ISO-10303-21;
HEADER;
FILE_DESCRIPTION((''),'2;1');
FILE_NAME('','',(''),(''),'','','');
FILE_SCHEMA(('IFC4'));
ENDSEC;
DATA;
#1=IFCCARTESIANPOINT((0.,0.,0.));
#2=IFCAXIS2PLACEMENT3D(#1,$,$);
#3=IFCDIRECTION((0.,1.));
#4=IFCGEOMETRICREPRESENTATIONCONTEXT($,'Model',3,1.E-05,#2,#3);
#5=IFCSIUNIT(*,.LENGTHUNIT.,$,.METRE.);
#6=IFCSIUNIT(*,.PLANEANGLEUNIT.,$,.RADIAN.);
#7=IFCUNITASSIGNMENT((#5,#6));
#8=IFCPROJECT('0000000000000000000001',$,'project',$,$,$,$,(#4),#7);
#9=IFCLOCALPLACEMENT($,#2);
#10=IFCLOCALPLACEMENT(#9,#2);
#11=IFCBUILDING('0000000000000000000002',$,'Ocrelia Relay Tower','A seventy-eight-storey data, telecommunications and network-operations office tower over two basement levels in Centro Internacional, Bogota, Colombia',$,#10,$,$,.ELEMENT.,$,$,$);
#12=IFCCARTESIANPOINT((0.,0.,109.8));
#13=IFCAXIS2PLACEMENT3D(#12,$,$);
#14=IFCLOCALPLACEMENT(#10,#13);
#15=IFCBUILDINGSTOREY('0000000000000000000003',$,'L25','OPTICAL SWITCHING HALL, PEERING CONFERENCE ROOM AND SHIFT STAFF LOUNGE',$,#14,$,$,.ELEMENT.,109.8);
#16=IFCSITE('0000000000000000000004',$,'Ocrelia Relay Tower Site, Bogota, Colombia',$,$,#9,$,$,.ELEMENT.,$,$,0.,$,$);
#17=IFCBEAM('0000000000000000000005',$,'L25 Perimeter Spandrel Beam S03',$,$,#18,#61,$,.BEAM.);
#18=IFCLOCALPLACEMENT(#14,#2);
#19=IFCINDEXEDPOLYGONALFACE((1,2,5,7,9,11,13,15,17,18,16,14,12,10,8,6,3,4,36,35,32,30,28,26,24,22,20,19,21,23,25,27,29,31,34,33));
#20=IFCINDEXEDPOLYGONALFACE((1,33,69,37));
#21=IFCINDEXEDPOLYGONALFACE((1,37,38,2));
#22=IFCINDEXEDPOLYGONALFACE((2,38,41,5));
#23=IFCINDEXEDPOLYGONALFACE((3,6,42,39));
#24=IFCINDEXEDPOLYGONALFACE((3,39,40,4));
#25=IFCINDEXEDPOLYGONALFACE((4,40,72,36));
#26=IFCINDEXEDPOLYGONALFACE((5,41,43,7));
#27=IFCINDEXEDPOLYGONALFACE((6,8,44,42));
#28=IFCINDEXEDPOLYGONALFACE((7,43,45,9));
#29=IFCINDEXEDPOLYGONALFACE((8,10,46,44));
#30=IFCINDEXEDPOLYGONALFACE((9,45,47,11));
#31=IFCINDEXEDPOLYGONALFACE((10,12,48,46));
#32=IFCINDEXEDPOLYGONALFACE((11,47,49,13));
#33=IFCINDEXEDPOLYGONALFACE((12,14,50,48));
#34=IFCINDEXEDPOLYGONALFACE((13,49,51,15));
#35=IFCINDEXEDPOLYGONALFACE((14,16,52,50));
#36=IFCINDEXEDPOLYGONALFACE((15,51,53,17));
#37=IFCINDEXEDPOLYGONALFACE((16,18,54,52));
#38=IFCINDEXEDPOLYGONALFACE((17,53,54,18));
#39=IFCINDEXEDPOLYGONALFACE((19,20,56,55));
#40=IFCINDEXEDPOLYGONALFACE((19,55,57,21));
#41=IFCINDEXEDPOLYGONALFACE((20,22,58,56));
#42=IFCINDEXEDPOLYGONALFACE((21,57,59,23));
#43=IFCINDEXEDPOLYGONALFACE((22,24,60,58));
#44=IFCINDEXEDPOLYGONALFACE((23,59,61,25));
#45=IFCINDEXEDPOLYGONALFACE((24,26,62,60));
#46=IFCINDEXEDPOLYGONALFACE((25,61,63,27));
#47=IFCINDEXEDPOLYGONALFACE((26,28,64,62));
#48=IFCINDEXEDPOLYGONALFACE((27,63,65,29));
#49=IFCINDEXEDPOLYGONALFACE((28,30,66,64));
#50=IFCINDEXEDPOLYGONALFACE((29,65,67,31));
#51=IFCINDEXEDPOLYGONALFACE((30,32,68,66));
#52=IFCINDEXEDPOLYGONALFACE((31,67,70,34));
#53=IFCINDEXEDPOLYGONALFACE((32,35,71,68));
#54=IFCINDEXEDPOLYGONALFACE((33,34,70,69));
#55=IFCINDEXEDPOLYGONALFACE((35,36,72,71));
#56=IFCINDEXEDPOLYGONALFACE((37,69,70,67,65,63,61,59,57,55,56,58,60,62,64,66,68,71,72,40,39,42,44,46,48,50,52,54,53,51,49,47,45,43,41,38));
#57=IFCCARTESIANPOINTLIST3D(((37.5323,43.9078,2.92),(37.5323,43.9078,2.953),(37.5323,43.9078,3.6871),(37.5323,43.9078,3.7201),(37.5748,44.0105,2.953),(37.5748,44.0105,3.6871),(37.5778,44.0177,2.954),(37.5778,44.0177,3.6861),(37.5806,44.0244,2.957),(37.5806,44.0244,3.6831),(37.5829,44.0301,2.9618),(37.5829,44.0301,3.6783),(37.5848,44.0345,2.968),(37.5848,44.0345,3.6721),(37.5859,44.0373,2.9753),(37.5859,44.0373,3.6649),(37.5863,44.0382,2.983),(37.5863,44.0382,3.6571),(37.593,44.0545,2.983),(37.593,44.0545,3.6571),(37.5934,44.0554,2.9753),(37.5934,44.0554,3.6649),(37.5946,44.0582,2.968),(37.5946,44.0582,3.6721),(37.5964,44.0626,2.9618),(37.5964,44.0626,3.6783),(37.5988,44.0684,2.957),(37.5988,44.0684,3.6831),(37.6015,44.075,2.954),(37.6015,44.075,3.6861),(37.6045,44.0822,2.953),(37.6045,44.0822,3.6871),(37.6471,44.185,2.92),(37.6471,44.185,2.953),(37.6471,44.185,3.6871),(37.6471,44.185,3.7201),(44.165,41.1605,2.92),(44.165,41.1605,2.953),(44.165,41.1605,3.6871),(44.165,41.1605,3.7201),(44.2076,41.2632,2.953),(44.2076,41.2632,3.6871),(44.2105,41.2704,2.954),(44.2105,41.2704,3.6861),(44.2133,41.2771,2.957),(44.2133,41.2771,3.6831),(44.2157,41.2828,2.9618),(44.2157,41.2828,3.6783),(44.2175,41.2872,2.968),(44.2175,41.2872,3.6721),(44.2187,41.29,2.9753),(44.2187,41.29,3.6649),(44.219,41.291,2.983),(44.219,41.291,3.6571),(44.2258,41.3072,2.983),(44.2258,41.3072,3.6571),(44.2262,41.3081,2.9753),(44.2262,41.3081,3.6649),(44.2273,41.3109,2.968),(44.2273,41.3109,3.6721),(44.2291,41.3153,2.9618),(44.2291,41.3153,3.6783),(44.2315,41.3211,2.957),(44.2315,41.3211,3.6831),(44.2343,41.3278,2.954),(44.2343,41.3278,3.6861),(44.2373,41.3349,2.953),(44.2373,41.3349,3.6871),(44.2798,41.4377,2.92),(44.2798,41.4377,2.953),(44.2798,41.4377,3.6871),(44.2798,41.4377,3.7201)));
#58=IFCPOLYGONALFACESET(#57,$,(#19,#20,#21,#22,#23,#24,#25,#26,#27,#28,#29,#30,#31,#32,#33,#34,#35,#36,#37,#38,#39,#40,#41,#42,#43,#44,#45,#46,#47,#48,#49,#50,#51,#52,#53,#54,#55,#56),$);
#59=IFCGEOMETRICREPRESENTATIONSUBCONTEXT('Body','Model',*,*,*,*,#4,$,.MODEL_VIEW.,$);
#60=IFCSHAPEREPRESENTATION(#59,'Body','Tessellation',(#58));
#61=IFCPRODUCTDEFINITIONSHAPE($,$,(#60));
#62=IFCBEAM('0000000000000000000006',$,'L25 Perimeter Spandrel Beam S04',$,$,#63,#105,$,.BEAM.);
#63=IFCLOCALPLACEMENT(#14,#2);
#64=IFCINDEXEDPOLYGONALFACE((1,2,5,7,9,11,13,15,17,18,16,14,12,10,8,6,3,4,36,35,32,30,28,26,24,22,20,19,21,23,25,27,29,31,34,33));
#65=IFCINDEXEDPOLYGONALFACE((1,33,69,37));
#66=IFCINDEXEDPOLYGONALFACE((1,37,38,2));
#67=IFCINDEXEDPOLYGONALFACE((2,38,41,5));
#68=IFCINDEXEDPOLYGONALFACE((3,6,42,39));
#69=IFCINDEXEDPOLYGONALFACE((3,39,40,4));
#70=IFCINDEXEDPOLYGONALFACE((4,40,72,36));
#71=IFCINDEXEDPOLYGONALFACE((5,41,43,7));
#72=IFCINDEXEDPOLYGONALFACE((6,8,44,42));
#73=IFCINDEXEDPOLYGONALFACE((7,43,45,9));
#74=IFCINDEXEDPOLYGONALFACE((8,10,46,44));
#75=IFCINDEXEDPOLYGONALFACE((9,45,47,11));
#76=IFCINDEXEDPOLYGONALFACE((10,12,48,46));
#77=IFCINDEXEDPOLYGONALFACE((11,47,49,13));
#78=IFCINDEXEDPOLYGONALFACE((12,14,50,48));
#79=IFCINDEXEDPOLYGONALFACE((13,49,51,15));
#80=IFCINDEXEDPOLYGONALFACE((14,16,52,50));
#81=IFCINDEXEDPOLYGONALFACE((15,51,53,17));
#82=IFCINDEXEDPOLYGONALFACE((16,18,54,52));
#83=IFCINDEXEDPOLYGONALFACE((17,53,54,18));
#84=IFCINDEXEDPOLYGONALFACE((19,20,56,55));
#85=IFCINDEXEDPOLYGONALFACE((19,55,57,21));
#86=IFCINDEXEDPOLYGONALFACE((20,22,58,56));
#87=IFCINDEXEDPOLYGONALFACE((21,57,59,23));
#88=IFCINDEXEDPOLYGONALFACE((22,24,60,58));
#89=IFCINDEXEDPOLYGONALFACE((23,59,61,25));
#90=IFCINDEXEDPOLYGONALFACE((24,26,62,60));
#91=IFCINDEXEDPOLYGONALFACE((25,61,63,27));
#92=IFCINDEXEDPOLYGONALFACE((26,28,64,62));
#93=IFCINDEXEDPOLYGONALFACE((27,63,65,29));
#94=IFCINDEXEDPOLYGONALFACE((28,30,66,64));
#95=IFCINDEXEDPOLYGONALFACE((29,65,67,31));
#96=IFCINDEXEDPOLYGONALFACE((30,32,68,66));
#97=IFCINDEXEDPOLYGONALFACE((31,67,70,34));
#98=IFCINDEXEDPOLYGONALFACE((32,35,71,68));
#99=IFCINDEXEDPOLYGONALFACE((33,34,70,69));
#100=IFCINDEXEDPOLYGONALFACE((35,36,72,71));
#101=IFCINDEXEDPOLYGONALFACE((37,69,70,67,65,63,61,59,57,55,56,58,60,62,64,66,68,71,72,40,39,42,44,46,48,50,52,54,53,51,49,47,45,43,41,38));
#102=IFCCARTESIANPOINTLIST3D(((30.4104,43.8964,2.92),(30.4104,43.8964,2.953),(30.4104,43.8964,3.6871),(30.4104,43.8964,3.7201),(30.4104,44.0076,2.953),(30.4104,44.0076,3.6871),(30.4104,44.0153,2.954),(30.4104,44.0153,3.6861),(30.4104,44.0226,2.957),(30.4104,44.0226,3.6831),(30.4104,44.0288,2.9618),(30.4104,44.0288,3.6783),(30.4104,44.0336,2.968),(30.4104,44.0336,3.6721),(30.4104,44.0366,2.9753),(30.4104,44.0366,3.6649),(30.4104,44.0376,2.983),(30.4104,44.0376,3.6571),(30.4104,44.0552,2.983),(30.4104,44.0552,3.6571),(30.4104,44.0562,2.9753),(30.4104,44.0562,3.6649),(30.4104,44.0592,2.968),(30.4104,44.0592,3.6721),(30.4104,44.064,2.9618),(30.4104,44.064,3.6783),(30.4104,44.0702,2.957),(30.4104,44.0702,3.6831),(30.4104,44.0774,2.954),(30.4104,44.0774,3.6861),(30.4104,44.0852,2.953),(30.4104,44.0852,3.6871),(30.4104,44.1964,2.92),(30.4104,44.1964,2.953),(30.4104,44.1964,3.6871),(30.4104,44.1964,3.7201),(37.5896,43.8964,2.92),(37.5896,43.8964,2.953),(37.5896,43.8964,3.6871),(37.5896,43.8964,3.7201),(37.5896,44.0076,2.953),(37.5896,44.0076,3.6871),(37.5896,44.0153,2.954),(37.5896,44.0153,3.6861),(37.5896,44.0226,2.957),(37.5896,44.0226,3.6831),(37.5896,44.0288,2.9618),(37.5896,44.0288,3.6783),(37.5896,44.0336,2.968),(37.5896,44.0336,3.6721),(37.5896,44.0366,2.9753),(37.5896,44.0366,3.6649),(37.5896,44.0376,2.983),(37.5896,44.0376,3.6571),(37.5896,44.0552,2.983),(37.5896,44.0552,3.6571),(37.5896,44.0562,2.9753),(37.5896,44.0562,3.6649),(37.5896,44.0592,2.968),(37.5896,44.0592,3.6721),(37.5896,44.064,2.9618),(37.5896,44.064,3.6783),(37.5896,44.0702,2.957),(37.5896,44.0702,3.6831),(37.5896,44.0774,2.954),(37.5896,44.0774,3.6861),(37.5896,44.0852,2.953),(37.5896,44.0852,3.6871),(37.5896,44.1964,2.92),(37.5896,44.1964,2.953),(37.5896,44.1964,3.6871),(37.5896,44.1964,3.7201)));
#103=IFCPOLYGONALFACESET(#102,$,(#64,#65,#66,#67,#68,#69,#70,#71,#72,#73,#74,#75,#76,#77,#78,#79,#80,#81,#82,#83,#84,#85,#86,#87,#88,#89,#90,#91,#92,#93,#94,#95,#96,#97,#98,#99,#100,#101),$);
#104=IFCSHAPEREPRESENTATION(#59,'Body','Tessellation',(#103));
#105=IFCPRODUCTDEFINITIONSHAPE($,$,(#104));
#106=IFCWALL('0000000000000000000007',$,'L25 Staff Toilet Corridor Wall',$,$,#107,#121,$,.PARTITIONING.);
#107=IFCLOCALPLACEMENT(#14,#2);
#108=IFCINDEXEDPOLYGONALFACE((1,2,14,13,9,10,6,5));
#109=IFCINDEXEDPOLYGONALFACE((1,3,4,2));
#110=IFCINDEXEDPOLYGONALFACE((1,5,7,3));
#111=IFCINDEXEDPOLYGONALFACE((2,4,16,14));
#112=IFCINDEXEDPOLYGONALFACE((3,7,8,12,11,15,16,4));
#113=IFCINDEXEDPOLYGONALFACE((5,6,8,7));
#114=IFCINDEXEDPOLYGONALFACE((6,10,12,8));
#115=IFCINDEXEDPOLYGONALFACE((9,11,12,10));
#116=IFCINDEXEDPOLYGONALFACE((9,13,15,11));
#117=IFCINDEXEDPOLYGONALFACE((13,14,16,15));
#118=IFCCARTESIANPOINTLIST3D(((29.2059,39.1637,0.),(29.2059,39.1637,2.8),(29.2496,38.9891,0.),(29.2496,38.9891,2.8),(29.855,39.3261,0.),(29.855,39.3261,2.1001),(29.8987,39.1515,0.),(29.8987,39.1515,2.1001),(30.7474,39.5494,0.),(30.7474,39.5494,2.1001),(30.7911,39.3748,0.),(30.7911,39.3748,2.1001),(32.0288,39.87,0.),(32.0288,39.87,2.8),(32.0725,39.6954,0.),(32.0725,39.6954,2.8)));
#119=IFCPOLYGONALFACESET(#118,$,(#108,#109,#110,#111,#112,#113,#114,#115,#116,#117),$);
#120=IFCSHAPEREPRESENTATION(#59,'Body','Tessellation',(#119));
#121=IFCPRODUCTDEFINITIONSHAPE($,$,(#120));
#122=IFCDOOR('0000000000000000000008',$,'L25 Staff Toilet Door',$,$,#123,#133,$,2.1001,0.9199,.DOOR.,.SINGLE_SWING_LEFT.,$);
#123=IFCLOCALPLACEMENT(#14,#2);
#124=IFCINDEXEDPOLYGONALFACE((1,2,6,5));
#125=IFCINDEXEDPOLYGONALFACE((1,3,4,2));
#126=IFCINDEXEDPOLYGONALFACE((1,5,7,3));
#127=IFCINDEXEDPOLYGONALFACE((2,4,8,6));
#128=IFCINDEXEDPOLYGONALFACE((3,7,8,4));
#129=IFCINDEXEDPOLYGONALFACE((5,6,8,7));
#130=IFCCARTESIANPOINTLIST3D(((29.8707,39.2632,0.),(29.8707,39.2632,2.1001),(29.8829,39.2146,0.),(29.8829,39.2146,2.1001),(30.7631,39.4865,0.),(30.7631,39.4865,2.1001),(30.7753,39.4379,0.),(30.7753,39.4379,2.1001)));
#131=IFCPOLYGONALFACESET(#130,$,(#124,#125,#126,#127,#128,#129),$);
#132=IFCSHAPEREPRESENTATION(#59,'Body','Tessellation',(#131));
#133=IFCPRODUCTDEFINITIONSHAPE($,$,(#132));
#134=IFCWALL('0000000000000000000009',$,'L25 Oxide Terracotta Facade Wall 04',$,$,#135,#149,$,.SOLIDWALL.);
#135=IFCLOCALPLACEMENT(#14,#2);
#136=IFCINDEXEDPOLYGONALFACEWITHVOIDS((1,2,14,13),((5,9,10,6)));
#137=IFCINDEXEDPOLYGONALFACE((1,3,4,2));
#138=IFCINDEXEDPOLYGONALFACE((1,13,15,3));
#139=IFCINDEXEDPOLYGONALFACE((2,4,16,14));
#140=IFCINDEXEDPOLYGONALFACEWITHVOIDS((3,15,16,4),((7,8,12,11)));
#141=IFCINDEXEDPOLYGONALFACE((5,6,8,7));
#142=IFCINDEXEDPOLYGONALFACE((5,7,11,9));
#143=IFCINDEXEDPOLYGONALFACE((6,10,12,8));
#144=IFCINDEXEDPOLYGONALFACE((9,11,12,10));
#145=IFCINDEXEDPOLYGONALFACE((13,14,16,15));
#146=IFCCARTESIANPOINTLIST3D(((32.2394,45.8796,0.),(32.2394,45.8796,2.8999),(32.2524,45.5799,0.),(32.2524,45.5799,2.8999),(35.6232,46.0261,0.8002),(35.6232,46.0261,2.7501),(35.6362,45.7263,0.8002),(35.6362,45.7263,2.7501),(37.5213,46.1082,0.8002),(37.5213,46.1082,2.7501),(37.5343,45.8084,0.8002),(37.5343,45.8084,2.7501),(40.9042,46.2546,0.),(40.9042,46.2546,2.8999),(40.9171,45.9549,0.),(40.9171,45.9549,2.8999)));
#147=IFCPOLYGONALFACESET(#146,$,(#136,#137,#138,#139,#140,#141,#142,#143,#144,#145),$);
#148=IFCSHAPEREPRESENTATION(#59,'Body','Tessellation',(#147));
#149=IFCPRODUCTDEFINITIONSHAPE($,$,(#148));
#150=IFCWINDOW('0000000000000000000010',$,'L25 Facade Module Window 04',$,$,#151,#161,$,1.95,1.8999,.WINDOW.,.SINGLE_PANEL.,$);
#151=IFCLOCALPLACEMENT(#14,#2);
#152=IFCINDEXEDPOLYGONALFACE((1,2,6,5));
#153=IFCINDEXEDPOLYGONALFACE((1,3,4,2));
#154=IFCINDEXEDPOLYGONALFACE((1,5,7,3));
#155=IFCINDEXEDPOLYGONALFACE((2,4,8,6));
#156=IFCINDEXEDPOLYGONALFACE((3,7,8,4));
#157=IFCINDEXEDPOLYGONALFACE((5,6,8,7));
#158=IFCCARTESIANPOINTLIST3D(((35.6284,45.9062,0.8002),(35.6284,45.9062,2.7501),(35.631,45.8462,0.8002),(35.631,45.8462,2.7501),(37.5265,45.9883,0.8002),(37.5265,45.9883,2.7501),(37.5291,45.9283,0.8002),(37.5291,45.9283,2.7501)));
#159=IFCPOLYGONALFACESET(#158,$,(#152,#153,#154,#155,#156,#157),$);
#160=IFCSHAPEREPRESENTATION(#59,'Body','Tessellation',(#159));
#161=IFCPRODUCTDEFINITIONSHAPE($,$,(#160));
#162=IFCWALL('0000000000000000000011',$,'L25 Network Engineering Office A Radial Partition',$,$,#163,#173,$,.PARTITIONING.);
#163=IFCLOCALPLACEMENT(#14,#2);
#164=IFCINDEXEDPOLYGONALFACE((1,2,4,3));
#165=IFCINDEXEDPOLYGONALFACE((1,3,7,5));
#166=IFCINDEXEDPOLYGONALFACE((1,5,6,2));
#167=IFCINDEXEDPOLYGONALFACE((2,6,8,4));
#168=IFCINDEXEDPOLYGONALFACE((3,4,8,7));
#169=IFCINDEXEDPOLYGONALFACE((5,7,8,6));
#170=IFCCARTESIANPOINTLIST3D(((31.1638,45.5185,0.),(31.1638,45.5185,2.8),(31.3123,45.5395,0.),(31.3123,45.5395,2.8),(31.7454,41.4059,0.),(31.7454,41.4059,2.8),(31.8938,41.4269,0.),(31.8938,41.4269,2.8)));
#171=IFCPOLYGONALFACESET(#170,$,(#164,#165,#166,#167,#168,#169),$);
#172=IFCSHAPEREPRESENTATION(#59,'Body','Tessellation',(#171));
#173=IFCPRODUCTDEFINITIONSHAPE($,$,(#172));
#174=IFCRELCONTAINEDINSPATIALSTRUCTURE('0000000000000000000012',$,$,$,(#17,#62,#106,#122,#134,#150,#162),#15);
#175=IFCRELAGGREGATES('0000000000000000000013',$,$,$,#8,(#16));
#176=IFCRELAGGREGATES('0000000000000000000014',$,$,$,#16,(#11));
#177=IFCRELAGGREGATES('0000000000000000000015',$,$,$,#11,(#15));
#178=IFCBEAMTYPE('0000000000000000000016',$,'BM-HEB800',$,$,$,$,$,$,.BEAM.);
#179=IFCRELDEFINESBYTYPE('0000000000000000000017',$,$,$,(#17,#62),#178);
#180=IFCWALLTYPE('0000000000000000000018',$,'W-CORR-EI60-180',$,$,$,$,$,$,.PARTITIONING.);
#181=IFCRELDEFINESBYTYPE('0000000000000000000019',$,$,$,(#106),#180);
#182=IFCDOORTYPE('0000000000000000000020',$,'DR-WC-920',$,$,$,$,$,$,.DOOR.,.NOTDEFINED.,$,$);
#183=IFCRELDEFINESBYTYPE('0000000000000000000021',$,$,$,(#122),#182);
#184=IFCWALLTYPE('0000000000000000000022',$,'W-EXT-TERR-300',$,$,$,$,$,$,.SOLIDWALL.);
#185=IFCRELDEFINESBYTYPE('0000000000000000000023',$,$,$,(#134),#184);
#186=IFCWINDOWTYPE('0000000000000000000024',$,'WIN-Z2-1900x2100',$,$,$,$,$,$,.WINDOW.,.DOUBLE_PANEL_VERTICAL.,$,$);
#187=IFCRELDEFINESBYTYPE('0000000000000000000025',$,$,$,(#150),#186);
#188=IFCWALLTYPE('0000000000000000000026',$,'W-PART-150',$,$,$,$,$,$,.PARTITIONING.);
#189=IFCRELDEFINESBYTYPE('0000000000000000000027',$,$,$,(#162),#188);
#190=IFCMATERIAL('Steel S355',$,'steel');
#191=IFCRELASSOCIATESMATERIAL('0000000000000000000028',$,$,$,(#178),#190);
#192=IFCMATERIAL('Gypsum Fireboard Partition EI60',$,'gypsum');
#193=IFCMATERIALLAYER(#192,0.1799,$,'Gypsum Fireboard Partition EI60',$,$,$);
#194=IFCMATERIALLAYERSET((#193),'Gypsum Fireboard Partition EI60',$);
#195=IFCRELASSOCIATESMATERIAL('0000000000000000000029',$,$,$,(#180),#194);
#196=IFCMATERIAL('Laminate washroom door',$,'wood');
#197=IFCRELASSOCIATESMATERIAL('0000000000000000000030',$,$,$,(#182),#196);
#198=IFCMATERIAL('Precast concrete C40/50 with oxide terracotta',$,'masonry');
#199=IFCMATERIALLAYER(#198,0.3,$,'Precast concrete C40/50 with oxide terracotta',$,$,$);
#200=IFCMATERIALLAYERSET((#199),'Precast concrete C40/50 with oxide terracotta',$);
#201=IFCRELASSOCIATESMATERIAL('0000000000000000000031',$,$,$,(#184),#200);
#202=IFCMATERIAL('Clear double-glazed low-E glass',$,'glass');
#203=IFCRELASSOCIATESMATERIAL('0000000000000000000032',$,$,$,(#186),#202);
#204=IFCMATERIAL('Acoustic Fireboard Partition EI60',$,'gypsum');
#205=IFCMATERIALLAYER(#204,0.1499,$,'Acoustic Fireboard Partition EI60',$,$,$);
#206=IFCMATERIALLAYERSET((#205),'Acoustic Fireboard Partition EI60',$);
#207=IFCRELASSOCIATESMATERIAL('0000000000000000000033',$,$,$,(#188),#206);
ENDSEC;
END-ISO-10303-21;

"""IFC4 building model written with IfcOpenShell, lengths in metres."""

from ifc_helpers import new_model, si_unit, direction, frame, frame_2d, origin, origin_2d, place, context, subcontext, project, spatial, rectangle, i_section, extrude, material, layer, layer_set, material_profile, profile_set, type_object, element, fill, save


model = new_model("IFC4")

# Units and contexts
model_context = context("Model", 3, precision=1e-05, world=origin(), true_north=direction((0.0, 1.0)))
body_context = subcontext(model_context, "Body", "Model", "MODEL_VIEW")
ifc_project = project(units=[si_unit("LENGTHUNIT", "METRE"), si_unit("PLANEANGLEUNIT", "RADIAN")], contexts=[model_context])

# Site, building, storey
site_placement = place(None, origin())
site = spatial("IfcSite", under=ifc_project, at=site_placement, Name="Ocrelia Relay Tower Site, Bogota, Colombia", CompositionType="ELEMENT", RefElevation=0.0)
building_placement = place(site_placement, origin())
building = spatial("IfcBuilding", under=site, at=building_placement, Name="Ocrelia Relay Tower", Description="A seventy-eight-storey data, telecommunications and network-operations office tower over two basement levels in Centro Internacional, Bogota, Colombia", CompositionType="ELEMENT")
storey_placement = place(building_placement, frame((0.0, 0.0, 109.8)))
storey = spatial("IfcBuildingStorey", under=building, at=storey_placement, Name="L25", Description="OPTICAL SWITCHING HALL, PEERING CONFERENCE ROOM AND SHIFT STAFF LOUNGE", CompositionType="ELEMENT", Elevation=109.8)

# Beams
ifc_material_1 = material(Name="Steel S355", Category="steel")
ifc_material_profile_1 = material_profile(ifc_material_1, i_section(OverallWidth=0.3, OverallDepth=0.8, WebThickness=0.0176, FlangeThickness=0.033, FilletRadius=0.03, at=origin_2d()), Name="HEB 800")
ifc_profile_set_1 = profile_set([ifc_material_profile_1], Name="Steel S355")
beam_type_1 = type_object("IfcBeamType", Name="BM-HEB800", PredefinedType="BEAM", material=ifc_profile_set_1)
for number, where, z_axis, x_axis, name in (
    (1, (44.2224, 41.2991, 3.3201), (-0.923884, 0.382673, 0.0), (-0.382673, -0.923884, 0.0), "L25 Perimeter Spandrel Beam S03"),
    (2, (37.5896, 44.0464, 3.3201), (-1.0, 0.0, 0.0), (0.0, -1.0, 0.0), "L25 Perimeter Spandrel Beam S04"),
):
    element("IfcBeam", number, at=place(storey_placement, frame(where, z_axis=z_axis, x_axis=x_axis)), inside=storey, type_object=beam_type_1, Name=name, PredefinedType="BEAM", context=body_context, shape_type="SweptSolid", body=[
        extrude(i_section(OverallWidth=0.3, OverallDepth=0.8, WebThickness=0.0176, FlangeThickness=0.033, FilletRadius=0.03, at=origin_2d()), origin(), (0.0, 0.0, 1.0), 7.1792),
    ])

# Wall, opening, door
ifc_material_2 = material(Name="Gypsum Fireboard Partition EI60", Category="gypsum")
ifc_layer_1 = layer(ifc_material_2, 0.1799, Name="Gypsum Fireboard Partition EI60")
ifc_layer_set_1 = layer_set([ifc_layer_1], Name="Gypsum Fireboard Partition EI60")
wall_type_1 = type_object("IfcWallType", Name="W-CORR-EI60-180", PredefinedType="PARTITIONING", material=ifc_layer_set_1)
wall_1_placement = place(storey_placement, frame((32.0508, 39.7827, 0.0), z_axis=(0.0, 0.0, 1.0), x_axis=(-0.970098, -0.242713, 0.0)))
wall_1 = element("IfcWall", 3, at=wall_1_placement, inside=storey, type_object=wall_type_1, Name="L25 Staff Toilet Corridor Wall", PredefinedType="PARTITIONING", context=body_context, shape_type="SweptSolid", body=[
    extrude(rectangle(XDim=2.9099, YDim=0.1799, at=frame_2d((1.4551, 0.0))), origin(), (0.0, 0.0, 1.0), 2.8),
])
opening_1_placement = place(wall_1_placement, frame((1.321, 0.0, 0.0)))
opening_1 = element("IfcOpeningElement", 4, at=opening_1_placement, cuts=wall_1, PredefinedType="OPENING", context=body_context, shape_type="SweptSolid", body=[
    extrude(rectangle(XDim=0.9199, YDim=2.1001, at=frame_2d((0.46, 1.05))), frame((0.0, 0.1001, 0.0), z_axis=(0.0, -1.0, 0.0), x_axis=(1.0, 0.0, 0.0)), (0.0, 0.0, 1.0), 0.2),
])
ifc_material_3 = material(Name="Laminate washroom door", Category="wood")
door_type_1 = type_object("IfcDoorType", Name="DR-WC-920", OperationType="NOTDEFINED", PredefinedType="DOOR", material=ifc_material_3)
door_1_placement = place(opening_1_placement, origin())
door_1 = element("IfcDoor", 5, at=door_1_placement, inside=storey, type_object=door_type_1, Name="L25 Staff Toilet Door", OperationType="SINGLE_SWING_LEFT", OverallHeight=2.1001, OverallWidth=0.9199, PredefinedType="DOOR", context=body_context, shape_type="SweptSolid", body=[
    extrude(rectangle(XDim=0.9199, YDim=2.1001, at=frame_2d((0.46, 1.05))), frame((0.0, 0.0249, 0.0), z_axis=(0.0, -1.0, 0.0), x_axis=(1.0, 0.0, 0.0)), (0.0, 0.0, 1.0), 0.05),
])
fill(opening_1, door_1)

# Wall, opening, window
ifc_material_4 = material(Name="Precast concrete C40/50 with oxide terracotta", Category="masonry")
ifc_layer_2 = layer(ifc_material_4, 0.3, Name="Precast concrete C40/50 with oxide terracotta")
ifc_layer_set_2 = layer_set([ifc_layer_2], Name="Precast concrete C40/50 with oxide terracotta")
wall_type_2 = type_object("IfcWallType", Name="W-EXT-TERR-300", PredefinedType="SOLIDWALL", material=ifc_layer_set_2)
wall_2_placement = place(storey_placement, frame((40.9106, 46.1047, 0.0), z_axis=(0.0, 0.0, 1.0), x_axis=(-0.999065, -0.043238, 0.0)))
wall_2 = element("IfcWall", 6, at=wall_2_placement, inside=storey, type_object=wall_type_2, Name="L25 Oxide Terracotta Facade Wall 04", PredefinedType="SOLIDWALL", context=body_context, shape_type="SweptSolid", body=[
    extrude(rectangle(XDim=8.6729, YDim=0.3, at=frame_2d((4.3364, 0.0))), origin(), (0.0, 0.0, 1.0), 2.8999),
])
opening_2_placement = place(wall_2_placement, frame((3.386, 0.0, 0.8)))
opening_2 = element("IfcOpeningElement", 7, at=opening_2_placement, cuts=wall_2, PredefinedType="OPENING", context=body_context, shape_type="SweptSolid", body=[
    extrude(rectangle(XDim=1.8999, YDim=1.95, at=frame_2d((0.95, 0.9751))), frame((0.0, 0.1602, 0.0), z_axis=(0.0, -1.0, 0.0), x_axis=(1.0, 0.0, 0.0)), (0.0, 0.0, 1.0), 0.3201),
])
ifc_material_5 = material(Name="Clear double-glazed low-E glass", Category="glass")
window_type = type_object("IfcWindowType", Name="WIN-Z2-1900x2100", PartitioningType="DOUBLE_PANEL_VERTICAL", PredefinedType="WINDOW", material=ifc_material_5)
window_placement = place(opening_2_placement, origin())
window = element("IfcWindow", 8, at=window_placement, inside=storey, type_object=window_type, Name="L25 Facade Module Window 04", OverallHeight=1.95, OverallWidth=1.8999, PartitioningType="SINGLE_PANEL", PredefinedType="WINDOW", context=body_context, shape_type="SweptSolid", body=[
    extrude(rectangle(XDim=1.8999, YDim=1.95, at=frame_2d((0.95, 0.9751))), frame((0.0, 0.03, 0.0), z_axis=(0.0, -1.0, 0.0), x_axis=(1.0, 0.0, 0.0)), (0.0, 0.0, 1.0), 0.0601),
])
fill(opening_2, window)

# Wall
ifc_material_6 = material(Name="Acoustic Fireboard Partition EI60", Category="gypsum")
ifc_layer_3 = layer(ifc_material_6, 0.1499, Name="Acoustic Fireboard Partition EI60")
ifc_layer_set_3 = layer_set([ifc_layer_3], Name="Acoustic Fireboard Partition EI60")
wall_type_3 = type_object("IfcWallType", Name="W-PART-150", PredefinedType="PARTITIONING", material=ifc_layer_set_3)
wall_3_placement = place(storey_placement, frame((31.8196, 41.4165, 0.0), z_axis=(0.0, 0.0, 1.0), x_axis=(-0.140014, 0.99015, 0.0)))
element("IfcWall", 9, at=wall_3_placement, inside=storey, type_object=wall_type_3, Name="L25 Network Engineering Office A Radial Partition", PredefinedType="PARTITIONING", context=body_context, shape_type="SweptSolid", body=[
    extrude(rectangle(XDim=4.1536, YDim=0.1499, at=frame_2d((2.0767, 0.0))), origin(), (0.0, 0.0, 1.0), 2.8),
])

save(model, "model.ifc")
